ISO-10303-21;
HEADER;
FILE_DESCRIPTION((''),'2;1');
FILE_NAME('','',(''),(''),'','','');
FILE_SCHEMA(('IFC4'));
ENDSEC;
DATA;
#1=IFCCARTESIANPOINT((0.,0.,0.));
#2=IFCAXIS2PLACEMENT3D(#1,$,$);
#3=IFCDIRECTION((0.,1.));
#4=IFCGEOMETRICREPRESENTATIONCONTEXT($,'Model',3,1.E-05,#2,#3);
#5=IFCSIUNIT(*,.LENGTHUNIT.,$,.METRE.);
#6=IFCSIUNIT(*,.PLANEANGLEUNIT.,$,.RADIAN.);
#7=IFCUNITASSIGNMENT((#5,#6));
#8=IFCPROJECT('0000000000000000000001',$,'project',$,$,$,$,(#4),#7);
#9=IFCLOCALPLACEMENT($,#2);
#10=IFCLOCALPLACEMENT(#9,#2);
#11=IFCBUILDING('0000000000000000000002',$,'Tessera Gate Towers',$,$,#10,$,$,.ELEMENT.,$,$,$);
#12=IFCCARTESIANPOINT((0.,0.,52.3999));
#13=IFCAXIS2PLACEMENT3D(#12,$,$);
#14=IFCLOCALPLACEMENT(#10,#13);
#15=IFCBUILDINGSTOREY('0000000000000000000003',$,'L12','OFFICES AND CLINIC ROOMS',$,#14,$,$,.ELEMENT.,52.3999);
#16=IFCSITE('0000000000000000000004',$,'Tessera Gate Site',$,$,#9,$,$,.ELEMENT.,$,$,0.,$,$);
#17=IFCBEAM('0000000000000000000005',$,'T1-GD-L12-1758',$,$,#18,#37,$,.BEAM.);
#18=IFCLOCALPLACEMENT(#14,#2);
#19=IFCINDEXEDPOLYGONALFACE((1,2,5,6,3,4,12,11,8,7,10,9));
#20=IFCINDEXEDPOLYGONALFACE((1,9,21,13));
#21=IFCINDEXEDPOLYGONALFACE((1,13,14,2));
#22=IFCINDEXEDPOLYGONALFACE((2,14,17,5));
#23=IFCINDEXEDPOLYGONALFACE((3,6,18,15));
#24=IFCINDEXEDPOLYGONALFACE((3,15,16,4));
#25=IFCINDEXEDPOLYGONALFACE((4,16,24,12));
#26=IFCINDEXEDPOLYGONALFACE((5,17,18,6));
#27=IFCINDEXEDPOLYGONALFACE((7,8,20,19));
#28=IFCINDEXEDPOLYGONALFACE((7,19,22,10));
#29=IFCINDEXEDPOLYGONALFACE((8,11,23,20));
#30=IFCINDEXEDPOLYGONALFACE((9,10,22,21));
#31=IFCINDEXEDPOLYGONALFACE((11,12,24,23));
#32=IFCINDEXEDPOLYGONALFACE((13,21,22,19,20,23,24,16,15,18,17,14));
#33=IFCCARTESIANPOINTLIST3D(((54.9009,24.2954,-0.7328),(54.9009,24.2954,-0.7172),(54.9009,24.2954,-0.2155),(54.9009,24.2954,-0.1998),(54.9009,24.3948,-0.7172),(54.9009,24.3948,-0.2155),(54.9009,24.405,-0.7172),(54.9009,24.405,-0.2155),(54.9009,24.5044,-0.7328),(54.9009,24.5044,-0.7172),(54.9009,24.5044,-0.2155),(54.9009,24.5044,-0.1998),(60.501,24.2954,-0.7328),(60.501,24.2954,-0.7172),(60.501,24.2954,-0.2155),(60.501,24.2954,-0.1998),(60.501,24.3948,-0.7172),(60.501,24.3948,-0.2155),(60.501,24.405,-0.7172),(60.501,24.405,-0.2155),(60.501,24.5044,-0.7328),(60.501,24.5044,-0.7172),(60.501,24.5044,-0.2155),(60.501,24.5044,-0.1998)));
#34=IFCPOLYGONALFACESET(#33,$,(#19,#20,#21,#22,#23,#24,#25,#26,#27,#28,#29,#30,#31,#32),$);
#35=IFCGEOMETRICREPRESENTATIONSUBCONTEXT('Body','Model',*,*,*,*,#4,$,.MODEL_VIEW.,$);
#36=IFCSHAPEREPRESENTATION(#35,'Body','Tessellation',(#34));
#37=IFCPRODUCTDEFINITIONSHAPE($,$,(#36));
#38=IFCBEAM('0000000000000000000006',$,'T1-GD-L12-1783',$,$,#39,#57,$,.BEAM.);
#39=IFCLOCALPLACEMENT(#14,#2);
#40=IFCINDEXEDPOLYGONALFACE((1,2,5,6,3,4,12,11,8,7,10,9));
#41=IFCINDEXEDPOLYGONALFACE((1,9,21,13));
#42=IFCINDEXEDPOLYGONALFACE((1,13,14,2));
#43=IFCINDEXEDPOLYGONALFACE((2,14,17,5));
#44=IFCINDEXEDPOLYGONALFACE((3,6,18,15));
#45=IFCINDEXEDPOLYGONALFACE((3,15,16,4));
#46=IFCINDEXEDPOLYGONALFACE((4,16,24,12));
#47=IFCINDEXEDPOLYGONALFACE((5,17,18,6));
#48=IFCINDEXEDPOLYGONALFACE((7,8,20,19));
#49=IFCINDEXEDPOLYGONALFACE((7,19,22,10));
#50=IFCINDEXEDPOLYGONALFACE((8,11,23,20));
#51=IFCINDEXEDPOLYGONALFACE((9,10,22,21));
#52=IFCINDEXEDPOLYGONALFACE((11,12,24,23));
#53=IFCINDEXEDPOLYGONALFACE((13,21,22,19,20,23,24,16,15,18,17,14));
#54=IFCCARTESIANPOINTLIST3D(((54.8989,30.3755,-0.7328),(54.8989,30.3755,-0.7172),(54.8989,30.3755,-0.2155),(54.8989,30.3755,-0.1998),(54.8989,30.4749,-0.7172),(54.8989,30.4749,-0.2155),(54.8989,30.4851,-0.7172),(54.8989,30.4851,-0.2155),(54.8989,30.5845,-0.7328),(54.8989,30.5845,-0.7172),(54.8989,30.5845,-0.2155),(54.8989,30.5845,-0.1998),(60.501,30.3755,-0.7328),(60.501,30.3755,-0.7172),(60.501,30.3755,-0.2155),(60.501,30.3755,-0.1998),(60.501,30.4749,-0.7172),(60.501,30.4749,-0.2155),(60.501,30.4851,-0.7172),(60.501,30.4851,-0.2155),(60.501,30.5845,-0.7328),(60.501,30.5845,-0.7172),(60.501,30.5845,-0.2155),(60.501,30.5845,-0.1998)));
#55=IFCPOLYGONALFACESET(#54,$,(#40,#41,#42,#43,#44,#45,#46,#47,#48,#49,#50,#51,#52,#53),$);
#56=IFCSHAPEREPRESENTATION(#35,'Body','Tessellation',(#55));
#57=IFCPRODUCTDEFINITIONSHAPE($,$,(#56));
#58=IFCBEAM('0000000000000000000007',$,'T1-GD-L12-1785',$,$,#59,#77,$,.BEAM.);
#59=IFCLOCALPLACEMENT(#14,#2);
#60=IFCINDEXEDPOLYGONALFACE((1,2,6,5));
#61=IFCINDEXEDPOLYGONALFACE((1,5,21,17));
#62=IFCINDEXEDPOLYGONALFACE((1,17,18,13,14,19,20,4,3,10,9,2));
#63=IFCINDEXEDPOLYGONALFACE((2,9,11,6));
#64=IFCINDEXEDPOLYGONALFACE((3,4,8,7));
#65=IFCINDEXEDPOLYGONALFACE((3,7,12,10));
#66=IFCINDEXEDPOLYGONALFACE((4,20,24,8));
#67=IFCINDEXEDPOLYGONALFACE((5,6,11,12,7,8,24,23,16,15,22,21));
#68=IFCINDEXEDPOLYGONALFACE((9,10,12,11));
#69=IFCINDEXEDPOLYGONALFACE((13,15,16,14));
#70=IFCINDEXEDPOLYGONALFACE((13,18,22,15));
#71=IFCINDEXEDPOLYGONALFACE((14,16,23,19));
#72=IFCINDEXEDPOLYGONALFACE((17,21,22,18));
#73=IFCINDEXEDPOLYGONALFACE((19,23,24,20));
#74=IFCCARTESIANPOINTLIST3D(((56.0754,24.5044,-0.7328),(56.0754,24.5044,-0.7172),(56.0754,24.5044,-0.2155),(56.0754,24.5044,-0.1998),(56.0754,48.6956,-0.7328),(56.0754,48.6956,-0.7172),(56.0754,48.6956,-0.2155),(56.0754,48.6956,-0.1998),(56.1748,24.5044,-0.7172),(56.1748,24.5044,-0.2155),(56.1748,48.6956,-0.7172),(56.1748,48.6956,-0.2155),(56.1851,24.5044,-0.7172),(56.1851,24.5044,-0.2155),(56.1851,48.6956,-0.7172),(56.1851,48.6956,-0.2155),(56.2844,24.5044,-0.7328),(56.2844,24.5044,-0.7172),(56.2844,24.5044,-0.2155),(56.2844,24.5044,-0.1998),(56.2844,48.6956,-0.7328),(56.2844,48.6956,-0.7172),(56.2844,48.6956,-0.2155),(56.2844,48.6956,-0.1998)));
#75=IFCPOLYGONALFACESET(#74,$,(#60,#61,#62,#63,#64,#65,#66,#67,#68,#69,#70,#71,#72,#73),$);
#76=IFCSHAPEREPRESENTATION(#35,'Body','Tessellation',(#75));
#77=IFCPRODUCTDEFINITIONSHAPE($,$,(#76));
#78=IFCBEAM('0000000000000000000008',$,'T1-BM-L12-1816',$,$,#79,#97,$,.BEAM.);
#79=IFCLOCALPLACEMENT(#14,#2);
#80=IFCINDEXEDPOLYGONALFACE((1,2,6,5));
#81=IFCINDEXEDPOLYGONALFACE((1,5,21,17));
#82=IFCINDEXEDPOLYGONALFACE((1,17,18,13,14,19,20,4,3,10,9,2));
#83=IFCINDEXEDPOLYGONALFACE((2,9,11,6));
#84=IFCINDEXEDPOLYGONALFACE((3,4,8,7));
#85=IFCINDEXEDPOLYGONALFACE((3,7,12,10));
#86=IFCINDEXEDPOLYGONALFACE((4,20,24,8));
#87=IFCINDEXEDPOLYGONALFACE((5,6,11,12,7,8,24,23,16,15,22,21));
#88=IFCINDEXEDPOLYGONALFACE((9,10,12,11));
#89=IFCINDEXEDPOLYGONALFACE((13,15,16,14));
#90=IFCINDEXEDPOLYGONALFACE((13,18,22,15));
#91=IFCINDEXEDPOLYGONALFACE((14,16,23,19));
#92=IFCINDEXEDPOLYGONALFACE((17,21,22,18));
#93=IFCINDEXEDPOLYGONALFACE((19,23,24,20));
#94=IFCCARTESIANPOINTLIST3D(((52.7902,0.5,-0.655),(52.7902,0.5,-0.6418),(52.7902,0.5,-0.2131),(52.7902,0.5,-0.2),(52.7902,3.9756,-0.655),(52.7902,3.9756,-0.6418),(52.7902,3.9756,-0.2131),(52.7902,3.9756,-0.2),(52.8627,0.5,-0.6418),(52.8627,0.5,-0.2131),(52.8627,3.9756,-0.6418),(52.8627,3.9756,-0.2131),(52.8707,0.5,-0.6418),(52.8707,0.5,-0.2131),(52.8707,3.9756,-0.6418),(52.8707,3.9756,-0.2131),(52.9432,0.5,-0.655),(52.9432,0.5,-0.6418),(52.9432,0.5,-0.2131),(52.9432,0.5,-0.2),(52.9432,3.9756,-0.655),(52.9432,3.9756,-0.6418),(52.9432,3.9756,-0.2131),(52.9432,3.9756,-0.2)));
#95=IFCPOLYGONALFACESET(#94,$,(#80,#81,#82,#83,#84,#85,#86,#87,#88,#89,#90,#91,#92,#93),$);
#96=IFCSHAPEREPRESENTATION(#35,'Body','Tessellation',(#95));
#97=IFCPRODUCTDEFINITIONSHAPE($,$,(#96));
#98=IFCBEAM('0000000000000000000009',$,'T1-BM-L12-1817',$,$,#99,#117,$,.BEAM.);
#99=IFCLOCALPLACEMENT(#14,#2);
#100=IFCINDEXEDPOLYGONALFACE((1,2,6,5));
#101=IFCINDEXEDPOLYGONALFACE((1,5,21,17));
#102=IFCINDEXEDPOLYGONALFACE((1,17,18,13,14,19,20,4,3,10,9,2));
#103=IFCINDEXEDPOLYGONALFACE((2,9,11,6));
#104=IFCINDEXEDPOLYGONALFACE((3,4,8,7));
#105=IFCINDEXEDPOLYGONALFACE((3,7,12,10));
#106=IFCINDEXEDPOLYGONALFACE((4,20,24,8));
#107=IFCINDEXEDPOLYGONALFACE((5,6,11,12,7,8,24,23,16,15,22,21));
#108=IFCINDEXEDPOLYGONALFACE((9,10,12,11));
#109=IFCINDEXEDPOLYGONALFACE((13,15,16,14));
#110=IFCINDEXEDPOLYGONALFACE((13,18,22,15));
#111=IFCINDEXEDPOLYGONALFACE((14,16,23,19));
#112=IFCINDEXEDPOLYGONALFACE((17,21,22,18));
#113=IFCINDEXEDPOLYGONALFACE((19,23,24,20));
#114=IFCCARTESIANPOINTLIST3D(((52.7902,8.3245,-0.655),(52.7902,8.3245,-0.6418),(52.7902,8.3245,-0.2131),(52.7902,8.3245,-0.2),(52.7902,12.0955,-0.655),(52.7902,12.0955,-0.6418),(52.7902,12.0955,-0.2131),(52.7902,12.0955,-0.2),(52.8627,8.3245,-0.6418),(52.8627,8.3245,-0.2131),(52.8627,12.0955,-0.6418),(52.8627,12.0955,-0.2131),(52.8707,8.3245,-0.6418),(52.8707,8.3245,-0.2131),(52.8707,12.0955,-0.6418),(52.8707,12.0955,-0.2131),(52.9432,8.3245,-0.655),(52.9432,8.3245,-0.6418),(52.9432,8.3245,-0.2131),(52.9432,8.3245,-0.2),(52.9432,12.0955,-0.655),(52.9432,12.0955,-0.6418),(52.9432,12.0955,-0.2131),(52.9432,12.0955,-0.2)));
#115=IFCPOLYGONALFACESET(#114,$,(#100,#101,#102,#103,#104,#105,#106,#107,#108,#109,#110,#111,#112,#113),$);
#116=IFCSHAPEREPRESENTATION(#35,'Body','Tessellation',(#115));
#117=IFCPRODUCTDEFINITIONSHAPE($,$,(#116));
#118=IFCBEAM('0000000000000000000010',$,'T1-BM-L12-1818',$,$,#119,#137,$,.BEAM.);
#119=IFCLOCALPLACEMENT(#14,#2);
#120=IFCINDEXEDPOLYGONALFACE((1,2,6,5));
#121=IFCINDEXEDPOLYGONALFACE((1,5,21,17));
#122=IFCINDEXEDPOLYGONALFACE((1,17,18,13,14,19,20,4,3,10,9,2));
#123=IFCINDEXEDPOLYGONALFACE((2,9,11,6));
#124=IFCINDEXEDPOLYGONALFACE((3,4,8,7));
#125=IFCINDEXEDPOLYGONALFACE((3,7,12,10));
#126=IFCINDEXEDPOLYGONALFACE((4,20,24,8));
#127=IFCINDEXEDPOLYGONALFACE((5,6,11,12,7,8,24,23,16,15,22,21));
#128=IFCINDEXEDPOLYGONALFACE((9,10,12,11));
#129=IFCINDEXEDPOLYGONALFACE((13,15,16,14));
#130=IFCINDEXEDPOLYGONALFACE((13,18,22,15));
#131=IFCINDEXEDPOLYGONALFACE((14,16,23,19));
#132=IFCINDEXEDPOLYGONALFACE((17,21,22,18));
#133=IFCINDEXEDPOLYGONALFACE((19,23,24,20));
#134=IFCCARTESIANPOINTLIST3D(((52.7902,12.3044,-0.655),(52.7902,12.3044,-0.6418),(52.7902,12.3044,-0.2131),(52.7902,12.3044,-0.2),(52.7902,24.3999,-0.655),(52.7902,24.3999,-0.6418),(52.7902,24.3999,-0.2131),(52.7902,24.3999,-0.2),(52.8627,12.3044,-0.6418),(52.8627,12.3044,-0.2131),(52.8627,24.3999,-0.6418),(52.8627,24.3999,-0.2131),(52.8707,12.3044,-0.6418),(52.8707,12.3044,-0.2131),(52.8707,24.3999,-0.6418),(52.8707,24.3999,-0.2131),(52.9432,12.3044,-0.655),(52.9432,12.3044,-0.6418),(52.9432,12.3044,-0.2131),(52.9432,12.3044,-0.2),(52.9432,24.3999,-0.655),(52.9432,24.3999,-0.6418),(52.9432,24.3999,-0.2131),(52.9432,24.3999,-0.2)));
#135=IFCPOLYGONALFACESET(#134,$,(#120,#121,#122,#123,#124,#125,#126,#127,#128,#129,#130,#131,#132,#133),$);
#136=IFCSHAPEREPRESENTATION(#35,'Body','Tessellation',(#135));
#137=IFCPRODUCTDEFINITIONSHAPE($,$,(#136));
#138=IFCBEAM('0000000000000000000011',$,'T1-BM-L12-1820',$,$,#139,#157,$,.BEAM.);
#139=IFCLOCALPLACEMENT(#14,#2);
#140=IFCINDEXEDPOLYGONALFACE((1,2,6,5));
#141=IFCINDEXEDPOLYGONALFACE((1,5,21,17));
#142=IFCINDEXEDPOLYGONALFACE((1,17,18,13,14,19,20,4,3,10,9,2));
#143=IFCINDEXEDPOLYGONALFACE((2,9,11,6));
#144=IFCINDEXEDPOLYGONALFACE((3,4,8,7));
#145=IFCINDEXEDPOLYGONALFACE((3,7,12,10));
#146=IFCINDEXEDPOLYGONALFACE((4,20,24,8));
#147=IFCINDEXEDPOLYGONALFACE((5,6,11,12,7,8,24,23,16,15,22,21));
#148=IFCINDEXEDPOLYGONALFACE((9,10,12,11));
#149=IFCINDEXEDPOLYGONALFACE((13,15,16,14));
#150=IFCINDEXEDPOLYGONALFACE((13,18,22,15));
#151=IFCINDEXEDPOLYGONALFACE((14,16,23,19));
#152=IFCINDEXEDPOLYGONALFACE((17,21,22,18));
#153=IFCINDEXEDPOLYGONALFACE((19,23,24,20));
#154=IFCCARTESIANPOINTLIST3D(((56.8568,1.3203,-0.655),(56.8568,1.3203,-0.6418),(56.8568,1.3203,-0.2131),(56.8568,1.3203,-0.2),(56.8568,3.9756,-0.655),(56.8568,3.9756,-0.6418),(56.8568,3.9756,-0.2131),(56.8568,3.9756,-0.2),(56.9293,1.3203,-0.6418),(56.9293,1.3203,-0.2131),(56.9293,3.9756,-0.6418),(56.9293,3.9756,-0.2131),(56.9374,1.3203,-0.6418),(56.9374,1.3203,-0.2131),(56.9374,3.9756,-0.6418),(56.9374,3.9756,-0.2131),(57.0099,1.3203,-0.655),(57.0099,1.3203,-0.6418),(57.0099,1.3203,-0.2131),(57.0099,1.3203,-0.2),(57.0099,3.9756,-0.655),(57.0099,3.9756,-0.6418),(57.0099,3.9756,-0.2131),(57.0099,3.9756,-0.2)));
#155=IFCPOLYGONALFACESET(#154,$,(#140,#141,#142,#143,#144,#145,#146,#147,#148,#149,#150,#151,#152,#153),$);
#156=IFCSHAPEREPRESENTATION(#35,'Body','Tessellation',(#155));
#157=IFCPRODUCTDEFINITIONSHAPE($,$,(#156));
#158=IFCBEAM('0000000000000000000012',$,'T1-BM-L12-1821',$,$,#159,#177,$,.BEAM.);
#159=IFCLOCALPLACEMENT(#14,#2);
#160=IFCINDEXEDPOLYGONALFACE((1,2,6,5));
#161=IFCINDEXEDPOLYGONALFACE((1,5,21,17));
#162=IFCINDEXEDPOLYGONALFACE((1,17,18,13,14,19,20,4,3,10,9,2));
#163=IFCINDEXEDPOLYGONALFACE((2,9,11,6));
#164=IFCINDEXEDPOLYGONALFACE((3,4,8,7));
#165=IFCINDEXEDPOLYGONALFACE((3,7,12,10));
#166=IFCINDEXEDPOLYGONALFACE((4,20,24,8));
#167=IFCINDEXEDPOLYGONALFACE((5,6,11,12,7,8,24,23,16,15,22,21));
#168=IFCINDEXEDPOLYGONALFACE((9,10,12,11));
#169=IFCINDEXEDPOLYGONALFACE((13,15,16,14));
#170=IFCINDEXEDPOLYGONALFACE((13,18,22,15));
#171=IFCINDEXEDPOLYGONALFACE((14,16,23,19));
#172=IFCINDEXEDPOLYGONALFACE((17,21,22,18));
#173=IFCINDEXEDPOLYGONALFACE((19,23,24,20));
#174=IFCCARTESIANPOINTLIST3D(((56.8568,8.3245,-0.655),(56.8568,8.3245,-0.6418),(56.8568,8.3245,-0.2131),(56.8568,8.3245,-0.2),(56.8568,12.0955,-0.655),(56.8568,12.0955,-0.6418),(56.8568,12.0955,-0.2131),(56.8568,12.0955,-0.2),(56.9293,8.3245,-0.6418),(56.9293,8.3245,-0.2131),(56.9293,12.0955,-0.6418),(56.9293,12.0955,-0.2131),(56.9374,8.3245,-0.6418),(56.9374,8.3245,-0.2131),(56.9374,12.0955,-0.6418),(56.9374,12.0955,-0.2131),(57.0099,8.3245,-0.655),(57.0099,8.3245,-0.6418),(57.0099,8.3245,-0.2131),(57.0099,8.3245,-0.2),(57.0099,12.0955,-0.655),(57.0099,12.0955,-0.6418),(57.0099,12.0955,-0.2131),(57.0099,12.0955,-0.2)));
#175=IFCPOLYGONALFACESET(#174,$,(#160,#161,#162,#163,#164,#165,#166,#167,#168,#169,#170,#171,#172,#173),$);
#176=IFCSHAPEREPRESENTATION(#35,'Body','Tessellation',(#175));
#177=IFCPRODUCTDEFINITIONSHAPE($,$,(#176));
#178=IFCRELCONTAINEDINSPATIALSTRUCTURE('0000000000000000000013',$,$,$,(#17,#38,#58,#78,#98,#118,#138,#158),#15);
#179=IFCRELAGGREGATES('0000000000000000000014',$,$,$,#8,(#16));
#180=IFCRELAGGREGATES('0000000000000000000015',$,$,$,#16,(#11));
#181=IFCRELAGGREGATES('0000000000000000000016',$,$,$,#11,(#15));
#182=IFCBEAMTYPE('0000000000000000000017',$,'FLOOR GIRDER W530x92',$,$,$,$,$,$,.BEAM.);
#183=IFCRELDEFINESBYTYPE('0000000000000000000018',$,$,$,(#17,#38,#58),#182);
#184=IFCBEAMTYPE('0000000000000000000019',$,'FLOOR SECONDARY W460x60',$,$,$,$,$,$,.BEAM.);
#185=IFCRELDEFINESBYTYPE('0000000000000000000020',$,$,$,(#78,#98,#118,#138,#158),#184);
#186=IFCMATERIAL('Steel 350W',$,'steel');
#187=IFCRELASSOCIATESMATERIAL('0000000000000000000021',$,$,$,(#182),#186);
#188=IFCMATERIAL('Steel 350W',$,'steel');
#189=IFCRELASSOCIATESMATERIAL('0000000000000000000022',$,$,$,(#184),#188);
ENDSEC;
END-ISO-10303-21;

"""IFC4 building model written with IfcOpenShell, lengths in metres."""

from ifc_helpers import new_model, si_unit, direction, frame, origin, origin_2d, place, context, subcontext, project, spatial, i_section, extrude, material, material_profile, profile_set, type_object, element, save


model = new_model("IFC4")

# Units and contexts
model_context = context("Model", 3, precision=1e-05, world=origin(), true_north=direction((0.0, 1.0)))
body_context = subcontext(model_context, "Body", "Model", "MODEL_VIEW")
ifc_project = project(units=[si_unit("LENGTHUNIT", "METRE"), si_unit("PLANEANGLEUNIT", "RADIAN")], contexts=[model_context])

# Site, building, storey
site_placement = place(None, origin())
site = spatial("IfcSite", under=ifc_project, at=site_placement, Name="Tessera Gate Site", CompositionType="ELEMENT", RefElevation=0.0)
building_placement = place(site_placement, origin())
building = spatial("IfcBuilding", under=site, at=building_placement, Name="Tessera Gate Towers", CompositionType="ELEMENT")
storey_placement = place(building_placement, frame((0.0, 0.0, 52.3999)))
storey = spatial("IfcBuildingStorey", under=building, at=storey_placement, Name="L12", Description="OFFICES AND CLINIC ROOMS", CompositionType="ELEMENT", Elevation=52.3999)

# Beams
ifc_material_1 = material(Name="Steel 350W", Category="steel")
ifc_material_profile_1 = material_profile(ifc_material_1, i_section(OverallWidth=0.209, OverallDepth=0.533, WebThickness=0.0103, FlangeThickness=0.0156, at=origin_2d()), Name="W530x92")
ifc_profile_set_1 = profile_set([ifc_material_profile_1], Name="Steel 350W")
beam_type_1 = type_object("IfcBeamType", Name="FLOOR GIRDER W530x92", PredefinedType="BEAM", material=ifc_profile_set_1)
beam_1_placement = place(storey_placement, frame((54.9009, 24.3999, -0.4663), z_axis=(1.0, 0.0, 0.0), x_axis=(0.0, 1.0, 0.0)))
element("IfcBeam", 1, at=beam_1_placement, inside=storey, type_object=beam_type_1, Name="T1-GD-L12-1758", PredefinedType="BEAM", context=body_context, shape_type="SweptSolid", body=[
    extrude(i_section(OverallWidth=0.209, OverallDepth=0.533, WebThickness=0.0103, FlangeThickness=0.0156, at=origin_2d()), origin(), (0.0, 0.0, 1.0), 5.6001),
])
beam_2_placement = place(storey_placement, frame((54.8989, 30.48, -0.4663), z_axis=(1.0, 0.0, 0.0), x_axis=(0.0, 1.0, 0.0)))
element("IfcBeam", 2, at=beam_2_placement, inside=storey, type_object=beam_type_1, Name="T1-GD-L12-1783", PredefinedType="BEAM", context=body_context, shape_type="SweptSolid", body=[
    extrude(i_section(OverallWidth=0.209, OverallDepth=0.533, WebThickness=0.0103, FlangeThickness=0.0156, at=origin_2d()), origin(), (0.0, 0.0, 1.0), 5.6021),
])
beam_3_placement = place(storey_placement, frame((56.1799, 24.5044, -0.4663), z_axis=(0.0, 1.0, 0.0), x_axis=(-1.0, 0.0, 0.0)))
element("IfcBeam", 3, at=beam_3_placement, inside=storey, type_object=beam_type_1, Name="T1-GD-L12-1785", PredefinedType="BEAM", context=body_context, shape_type="SweptSolid", body=[
    extrude(i_section(OverallWidth=0.209, OverallDepth=0.533, WebThickness=0.0103, FlangeThickness=0.0156, at=origin_2d()), origin(), (0.0, 0.0, 1.0), 24.1912),
])
ifc_material_2 = material(Name="Steel 350W", Category="steel")
ifc_material_profile_2 = material_profile(ifc_material_2, i_section(OverallWidth=0.1531, OverallDepth=0.4551, WebThickness=0.0081, FlangeThickness=0.0132, at=origin_2d()), Name="W460x60")
ifc_profile_set_2 = profile_set([ifc_material_profile_2], Name="Steel 350W")
beam_type_2 = type_object("IfcBeamType", Name="FLOOR SECONDARY W460x60", PredefinedType="BEAM", material=ifc_profile_set_2)
beam_4_placement = place(storey_placement, frame((52.8667, 0.5, -0.4275), z_axis=(0.0, 1.0, 0.0), x_axis=(-1.0, 0.0, 0.0)))
element("IfcBeam", 4, at=beam_4_placement, inside=storey, type_object=beam_type_2, Name="T1-BM-L12-1816", PredefinedType="BEAM", context=body_context, shape_type="SweptSolid", body=[
    extrude(i_section(OverallWidth=0.1531, OverallDepth=0.4551, WebThickness=0.0081, FlangeThickness=0.0132, at=origin_2d()), origin(), (0.0, 0.0, 1.0), 3.4756),
])
beam_5_placement = place(storey_placement, frame((52.8667, 8.3245, -0.4275), z_axis=(0.0, 1.0, 0.0), x_axis=(-1.0, 0.0, 0.0)))
element("IfcBeam", 5, at=beam_5_placement, inside=storey, type_object=beam_type_2, Name="T1-BM-L12-1817", PredefinedType="BEAM", context=body_context, shape_type="SweptSolid", body=[
    extrude(i_section(OverallWidth=0.1531, OverallDepth=0.4551, WebThickness=0.0081, FlangeThickness=0.0132, at=origin_2d()), origin(), (0.0, 0.0, 1.0), 3.771),
])
beam_6_placement = place(storey_placement, frame((52.8667, 12.3044, -0.4275), z_axis=(0.0, 1.0, 0.0), x_axis=(-1.0, 0.0, 0.0)))
element("IfcBeam", 6, at=beam_6_placement, inside=storey, type_object=beam_type_2, Name="T1-BM-L12-1818", PredefinedType="BEAM", context=body_context, shape_type="SweptSolid", body=[
    extrude(i_section(OverallWidth=0.1531, OverallDepth=0.4551, WebThickness=0.0081, FlangeThickness=0.0132, at=origin_2d()), origin(), (0.0, 0.0, 1.0), 12.0955),
])
beam_7_placement = place(storey_placement, frame((56.9333, 1.3203, -0.4275), z_axis=(0.0, 1.0, 0.0), x_axis=(-1.0, 0.0, 0.0)))
element("IfcBeam", 7, at=beam_7_placement, inside=storey, type_object=beam_type_2, Name="T1-BM-L12-1820", PredefinedType="BEAM", context=body_context, shape_type="SweptSolid", body=[
    extrude(i_section(OverallWidth=0.1531, OverallDepth=0.4551, WebThickness=0.0081, FlangeThickness=0.0132, at=origin_2d()), origin(), (0.0, 0.0, 1.0), 2.6553),
])
beam_8_placement = place(storey_placement, frame((56.9333, 8.3245, -0.4275), z_axis=(0.0, 1.0, 0.0), x_axis=(-1.0, 0.0, 0.0)))
element("IfcBeam", 8, at=beam_8_placement, inside=storey, type_object=beam_type_2, Name="T1-BM-L12-1821", PredefinedType="BEAM", context=body_context, shape_type="SweptSolid", body=[
    extrude(i_section(OverallWidth=0.1531, OverallDepth=0.4551, WebThickness=0.0081, FlangeThickness=0.0132, at=origin_2d()), origin(), (0.0, 0.0, 1.0), 3.771),
])

save(model, "model.ifc")
